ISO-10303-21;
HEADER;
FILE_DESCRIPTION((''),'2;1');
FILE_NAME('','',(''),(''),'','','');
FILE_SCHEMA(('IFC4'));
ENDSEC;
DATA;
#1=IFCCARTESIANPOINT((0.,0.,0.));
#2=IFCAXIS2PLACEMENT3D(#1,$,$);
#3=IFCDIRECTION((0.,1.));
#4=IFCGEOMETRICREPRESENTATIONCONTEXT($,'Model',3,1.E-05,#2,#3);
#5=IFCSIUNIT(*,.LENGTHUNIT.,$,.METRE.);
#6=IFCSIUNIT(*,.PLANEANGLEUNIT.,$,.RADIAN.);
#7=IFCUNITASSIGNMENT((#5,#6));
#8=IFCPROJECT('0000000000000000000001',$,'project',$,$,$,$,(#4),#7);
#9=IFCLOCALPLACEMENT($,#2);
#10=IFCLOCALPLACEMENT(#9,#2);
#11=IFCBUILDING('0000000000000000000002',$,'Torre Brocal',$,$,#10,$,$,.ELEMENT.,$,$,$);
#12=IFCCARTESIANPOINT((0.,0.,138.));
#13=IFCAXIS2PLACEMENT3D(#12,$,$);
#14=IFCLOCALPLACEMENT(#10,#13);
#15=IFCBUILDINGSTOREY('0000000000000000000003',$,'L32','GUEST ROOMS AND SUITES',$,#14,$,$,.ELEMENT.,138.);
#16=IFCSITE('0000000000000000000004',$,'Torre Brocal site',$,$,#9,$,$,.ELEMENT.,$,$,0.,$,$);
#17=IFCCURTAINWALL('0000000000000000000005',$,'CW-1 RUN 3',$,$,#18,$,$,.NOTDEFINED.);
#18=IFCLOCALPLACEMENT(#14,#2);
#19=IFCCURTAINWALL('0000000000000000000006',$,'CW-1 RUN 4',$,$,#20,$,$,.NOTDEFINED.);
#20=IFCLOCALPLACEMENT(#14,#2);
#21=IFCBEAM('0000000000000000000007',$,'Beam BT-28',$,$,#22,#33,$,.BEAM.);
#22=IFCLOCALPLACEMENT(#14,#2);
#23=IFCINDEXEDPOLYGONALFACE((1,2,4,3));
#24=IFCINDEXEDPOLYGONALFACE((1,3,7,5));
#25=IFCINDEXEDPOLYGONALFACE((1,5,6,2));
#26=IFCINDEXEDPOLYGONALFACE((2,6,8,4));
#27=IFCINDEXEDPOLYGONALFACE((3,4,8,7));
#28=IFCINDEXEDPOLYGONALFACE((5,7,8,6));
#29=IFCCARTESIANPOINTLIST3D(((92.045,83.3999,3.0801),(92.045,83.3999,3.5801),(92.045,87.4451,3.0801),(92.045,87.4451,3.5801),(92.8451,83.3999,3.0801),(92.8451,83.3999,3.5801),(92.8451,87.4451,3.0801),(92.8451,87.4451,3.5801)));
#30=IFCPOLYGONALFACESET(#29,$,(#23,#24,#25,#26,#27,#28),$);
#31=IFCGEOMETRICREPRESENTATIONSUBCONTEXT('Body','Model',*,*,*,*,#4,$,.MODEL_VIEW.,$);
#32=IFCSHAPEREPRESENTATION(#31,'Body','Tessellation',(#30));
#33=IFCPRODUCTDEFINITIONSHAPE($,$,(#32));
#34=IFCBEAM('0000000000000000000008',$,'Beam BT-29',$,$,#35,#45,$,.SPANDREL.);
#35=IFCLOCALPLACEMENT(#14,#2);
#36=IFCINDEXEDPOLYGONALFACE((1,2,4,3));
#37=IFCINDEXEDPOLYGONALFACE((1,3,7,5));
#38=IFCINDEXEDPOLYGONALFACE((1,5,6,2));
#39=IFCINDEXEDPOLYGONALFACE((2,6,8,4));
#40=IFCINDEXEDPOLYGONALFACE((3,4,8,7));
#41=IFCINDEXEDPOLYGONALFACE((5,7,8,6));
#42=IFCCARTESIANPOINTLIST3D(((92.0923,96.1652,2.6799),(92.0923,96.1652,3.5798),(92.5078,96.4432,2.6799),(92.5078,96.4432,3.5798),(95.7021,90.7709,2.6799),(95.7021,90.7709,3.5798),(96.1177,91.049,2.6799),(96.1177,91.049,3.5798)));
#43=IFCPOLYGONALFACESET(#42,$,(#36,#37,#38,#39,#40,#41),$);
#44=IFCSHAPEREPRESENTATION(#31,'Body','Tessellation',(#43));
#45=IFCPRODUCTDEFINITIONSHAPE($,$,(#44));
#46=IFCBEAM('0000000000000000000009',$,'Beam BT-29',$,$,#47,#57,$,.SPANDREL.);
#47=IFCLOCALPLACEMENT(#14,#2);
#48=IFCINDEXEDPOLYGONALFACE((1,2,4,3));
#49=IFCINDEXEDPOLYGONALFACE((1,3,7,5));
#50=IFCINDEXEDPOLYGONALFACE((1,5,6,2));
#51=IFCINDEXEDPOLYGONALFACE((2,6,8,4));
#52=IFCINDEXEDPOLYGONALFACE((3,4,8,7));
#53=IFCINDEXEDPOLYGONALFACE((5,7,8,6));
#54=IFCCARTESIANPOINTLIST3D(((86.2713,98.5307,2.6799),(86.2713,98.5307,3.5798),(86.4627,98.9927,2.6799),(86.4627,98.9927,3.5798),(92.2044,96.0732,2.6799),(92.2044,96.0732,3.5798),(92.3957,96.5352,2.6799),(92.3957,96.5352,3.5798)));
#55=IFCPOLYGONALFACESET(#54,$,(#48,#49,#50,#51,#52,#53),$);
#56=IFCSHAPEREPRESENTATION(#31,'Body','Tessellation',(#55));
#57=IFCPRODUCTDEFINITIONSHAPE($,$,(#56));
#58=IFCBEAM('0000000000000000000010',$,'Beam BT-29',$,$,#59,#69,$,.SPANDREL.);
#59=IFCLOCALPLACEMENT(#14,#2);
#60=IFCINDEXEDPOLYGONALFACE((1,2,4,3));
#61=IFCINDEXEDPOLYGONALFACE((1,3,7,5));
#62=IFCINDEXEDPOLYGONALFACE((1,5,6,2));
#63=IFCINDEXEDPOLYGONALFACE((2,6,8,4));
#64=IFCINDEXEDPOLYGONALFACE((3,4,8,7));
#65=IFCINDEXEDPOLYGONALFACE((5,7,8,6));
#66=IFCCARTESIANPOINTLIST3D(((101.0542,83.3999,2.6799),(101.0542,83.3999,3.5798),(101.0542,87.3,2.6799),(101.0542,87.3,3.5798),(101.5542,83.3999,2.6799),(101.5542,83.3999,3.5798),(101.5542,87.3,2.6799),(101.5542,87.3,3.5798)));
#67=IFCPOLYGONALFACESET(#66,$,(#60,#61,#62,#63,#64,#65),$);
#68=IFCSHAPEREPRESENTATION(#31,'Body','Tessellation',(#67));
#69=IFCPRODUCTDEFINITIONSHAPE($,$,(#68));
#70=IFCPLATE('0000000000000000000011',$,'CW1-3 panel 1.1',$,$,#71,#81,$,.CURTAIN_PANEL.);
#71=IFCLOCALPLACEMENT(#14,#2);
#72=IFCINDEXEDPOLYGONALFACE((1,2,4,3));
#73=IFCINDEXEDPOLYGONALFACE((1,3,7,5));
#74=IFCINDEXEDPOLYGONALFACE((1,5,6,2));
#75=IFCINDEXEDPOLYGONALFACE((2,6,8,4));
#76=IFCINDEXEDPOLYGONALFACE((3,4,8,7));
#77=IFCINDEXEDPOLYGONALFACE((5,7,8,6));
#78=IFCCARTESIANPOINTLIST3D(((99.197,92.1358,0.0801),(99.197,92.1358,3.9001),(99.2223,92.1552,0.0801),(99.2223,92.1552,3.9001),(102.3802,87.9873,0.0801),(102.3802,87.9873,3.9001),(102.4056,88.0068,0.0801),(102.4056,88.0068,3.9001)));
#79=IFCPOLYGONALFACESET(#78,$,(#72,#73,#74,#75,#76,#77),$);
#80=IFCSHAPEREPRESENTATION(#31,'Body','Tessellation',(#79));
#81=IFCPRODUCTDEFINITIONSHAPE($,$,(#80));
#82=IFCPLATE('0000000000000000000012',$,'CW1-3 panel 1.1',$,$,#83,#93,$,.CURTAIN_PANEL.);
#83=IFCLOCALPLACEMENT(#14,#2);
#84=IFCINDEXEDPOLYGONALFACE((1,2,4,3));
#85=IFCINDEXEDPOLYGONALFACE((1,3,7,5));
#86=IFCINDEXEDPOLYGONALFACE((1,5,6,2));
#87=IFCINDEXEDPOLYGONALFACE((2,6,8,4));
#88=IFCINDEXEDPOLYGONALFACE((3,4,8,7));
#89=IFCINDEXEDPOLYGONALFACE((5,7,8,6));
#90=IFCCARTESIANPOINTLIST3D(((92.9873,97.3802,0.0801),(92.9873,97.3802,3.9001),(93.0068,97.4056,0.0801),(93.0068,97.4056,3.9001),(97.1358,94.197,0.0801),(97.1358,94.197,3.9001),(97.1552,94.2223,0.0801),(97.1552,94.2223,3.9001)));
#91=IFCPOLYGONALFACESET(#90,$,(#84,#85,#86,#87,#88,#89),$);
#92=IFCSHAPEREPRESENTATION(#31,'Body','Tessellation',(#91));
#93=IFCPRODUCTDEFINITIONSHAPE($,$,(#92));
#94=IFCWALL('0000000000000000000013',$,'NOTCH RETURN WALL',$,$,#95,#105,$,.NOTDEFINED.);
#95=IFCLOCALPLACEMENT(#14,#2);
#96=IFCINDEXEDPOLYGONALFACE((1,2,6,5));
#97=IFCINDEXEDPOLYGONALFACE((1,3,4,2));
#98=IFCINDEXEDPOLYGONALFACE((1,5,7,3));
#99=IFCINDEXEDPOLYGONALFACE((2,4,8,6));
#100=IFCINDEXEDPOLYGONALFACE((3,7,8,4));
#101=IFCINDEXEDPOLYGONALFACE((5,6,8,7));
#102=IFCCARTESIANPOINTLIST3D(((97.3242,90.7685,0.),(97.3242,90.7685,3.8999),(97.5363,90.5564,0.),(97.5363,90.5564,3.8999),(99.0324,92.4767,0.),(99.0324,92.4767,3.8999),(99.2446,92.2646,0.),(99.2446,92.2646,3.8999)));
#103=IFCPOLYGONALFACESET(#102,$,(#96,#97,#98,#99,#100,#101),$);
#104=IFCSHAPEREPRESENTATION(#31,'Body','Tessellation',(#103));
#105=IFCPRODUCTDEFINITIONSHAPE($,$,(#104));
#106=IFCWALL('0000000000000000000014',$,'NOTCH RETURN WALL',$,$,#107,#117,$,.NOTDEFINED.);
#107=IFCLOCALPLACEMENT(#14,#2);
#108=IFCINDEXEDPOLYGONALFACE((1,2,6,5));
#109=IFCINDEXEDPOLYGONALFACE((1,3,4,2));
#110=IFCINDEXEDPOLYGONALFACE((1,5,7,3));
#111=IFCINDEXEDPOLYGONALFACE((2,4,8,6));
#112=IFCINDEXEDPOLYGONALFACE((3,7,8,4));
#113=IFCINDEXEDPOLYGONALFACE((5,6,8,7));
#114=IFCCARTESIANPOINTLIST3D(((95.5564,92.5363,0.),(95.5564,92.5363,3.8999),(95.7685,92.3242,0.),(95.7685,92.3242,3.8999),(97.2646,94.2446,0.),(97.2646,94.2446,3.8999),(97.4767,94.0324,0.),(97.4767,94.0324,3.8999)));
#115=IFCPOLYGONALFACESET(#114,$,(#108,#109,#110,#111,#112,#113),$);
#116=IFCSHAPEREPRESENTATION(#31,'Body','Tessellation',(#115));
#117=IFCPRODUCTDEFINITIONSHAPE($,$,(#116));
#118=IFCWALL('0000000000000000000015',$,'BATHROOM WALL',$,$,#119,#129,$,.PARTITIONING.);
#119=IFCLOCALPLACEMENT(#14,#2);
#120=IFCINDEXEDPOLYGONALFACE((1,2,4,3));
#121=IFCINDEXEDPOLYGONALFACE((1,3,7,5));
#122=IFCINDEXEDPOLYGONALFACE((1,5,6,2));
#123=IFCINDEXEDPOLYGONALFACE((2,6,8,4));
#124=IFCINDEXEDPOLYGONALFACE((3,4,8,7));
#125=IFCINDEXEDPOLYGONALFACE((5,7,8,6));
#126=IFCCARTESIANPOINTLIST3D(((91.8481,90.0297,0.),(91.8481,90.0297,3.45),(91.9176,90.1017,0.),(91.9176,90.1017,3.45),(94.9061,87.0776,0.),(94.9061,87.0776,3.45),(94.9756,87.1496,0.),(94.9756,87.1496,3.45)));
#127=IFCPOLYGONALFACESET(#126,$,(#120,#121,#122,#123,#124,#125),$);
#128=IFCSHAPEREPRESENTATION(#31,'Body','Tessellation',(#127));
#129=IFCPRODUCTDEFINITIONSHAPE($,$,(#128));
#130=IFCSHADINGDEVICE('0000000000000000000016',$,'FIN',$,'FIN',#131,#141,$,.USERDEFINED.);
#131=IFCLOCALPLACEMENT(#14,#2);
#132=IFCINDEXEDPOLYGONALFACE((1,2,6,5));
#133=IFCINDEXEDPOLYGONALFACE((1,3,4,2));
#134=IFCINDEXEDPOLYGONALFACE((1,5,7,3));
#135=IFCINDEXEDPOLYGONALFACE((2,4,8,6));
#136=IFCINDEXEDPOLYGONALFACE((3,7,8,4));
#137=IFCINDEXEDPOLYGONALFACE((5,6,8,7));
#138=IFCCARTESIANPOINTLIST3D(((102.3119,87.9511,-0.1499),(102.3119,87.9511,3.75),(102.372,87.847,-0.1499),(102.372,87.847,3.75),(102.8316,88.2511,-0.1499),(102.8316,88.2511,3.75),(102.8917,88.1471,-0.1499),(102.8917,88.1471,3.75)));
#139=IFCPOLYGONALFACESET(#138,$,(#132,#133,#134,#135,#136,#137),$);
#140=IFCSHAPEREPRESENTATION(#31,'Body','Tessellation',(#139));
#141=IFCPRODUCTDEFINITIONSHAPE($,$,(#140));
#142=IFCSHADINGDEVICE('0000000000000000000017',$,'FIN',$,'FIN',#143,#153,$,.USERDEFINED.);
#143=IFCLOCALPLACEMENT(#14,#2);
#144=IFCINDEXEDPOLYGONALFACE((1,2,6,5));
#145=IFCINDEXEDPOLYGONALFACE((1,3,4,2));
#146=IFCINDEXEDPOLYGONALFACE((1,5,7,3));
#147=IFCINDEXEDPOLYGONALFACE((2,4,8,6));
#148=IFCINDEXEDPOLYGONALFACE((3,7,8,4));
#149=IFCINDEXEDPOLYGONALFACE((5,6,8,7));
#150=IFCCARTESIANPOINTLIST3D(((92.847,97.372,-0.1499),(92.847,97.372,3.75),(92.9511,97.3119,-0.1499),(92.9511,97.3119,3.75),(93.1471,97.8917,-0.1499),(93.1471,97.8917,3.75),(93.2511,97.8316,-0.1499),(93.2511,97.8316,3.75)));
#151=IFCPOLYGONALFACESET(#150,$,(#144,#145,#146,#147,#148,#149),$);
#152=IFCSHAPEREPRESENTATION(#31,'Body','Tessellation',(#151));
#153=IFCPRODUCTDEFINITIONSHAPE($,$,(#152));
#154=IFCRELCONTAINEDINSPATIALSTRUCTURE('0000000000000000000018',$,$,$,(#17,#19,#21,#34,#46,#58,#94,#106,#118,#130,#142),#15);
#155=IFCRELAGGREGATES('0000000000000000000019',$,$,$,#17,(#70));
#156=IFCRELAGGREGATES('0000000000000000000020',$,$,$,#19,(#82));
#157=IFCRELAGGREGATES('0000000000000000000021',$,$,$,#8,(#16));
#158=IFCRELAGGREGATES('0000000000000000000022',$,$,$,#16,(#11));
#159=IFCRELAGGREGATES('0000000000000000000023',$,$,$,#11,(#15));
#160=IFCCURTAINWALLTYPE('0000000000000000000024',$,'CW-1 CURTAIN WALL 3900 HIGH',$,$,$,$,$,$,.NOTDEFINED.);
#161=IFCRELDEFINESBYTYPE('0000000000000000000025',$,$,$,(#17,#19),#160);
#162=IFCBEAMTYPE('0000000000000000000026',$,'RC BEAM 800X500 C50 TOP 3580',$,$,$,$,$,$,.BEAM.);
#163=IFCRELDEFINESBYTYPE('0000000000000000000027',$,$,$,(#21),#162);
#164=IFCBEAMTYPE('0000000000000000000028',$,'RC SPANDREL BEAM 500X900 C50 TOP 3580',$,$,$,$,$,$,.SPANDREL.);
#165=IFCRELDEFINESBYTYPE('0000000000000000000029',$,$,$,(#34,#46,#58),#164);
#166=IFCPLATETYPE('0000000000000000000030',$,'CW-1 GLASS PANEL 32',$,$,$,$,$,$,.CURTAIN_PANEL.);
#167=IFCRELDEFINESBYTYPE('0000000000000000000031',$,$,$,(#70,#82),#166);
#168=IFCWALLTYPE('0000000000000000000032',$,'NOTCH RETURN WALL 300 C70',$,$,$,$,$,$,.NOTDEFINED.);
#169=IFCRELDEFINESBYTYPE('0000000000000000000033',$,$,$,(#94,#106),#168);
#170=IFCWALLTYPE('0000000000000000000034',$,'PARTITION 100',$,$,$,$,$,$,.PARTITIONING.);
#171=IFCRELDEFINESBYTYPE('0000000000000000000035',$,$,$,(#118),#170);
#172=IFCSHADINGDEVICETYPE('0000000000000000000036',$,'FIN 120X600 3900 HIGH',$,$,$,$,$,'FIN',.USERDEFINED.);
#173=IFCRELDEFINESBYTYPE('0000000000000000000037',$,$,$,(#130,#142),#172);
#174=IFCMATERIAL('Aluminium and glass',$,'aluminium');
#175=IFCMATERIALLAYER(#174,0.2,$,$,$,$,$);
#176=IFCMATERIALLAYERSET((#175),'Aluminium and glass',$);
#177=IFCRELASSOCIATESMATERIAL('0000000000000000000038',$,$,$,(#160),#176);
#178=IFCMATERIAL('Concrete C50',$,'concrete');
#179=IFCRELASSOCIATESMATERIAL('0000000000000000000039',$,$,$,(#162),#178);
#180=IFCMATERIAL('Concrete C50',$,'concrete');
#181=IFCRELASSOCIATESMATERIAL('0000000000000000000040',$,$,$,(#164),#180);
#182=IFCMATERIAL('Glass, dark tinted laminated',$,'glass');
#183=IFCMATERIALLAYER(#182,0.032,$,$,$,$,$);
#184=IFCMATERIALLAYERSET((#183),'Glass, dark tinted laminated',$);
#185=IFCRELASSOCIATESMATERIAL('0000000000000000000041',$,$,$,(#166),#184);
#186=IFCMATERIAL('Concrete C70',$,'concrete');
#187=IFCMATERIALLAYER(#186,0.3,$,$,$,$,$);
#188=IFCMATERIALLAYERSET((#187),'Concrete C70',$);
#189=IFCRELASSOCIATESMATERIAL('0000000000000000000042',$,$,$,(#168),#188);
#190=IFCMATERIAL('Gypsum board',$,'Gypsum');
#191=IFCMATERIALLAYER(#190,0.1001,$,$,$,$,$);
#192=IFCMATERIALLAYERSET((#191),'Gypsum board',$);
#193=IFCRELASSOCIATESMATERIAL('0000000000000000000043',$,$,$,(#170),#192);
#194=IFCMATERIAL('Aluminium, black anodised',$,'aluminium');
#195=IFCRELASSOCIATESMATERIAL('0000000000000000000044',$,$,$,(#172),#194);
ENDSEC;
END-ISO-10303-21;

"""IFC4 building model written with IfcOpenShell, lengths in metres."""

from ifc_helpers import new_model, si_unit, direction, frame, frame_2d, origin, origin_2d, place, context, subcontext, project, spatial, rectangle, extrude, material, layer, layer_set, material_profile, profile_set, type_object, element, aggregate, save


model = new_model("IFC4")

# Units and contexts
model_context = context("Model", 3, precision=1e-05, world=origin(), true_north=direction((0.0, 1.0)))
body_context = subcontext(model_context, "Body", "Model", "MODEL_VIEW")
ifc_project = project(units=[si_unit("LENGTHUNIT", "METRE"), si_unit("PLANEANGLEUNIT", "RADIAN")], contexts=[model_context])

# Site, building, storey
site_placement = place(None, origin())
site = spatial("IfcSite", under=ifc_project, at=site_placement, Name="Torre Brocal site", CompositionType="ELEMENT", RefElevation=0.0)
building_placement = place(site_placement, origin())
building = spatial("IfcBuilding", under=site, at=building_placement, Name="Torre Brocal", CompositionType="ELEMENT")
storey_placement = place(building_placement, frame((0.0, 0.0, 138.0)))
storey = spatial("IfcBuildingStorey", under=building, at=storey_placement, Name="L32", Description="GUEST ROOMS AND SUITES", CompositionType="ELEMENT", Elevation=138.0)

# Shared definitions
ifc_material_1 = material(Name="Aluminium and glass", Category="aluminium")
ifc_layer_1 = layer(ifc_material_1, 0.2)
ifc_layer_set_1 = layer_set([ifc_layer_1], Name="Aluminium and glass")
curtain_wall_type = type_object("IfcCurtainWallType", Name="CW-1 CURTAIN WALL 3900 HIGH", PredefinedType="NOTDEFINED", material=ifc_layer_set_1)

# Curtain walls
curtain_wall_1_placement = place(storey_placement, origin())
curtain_wall_1 = element("IfcCurtainWall", 1, at=curtain_wall_1_placement, inside=storey, type_object=curtain_wall_type, Name="CW-1 RUN 3", PredefinedType="NOTDEFINED")
curtain_wall_2_placement = place(storey_placement, origin())
curtain_wall_2 = element("IfcCurtainWall", 2, at=curtain_wall_2_placement, inside=storey, type_object=curtain_wall_type, Name="CW-1 RUN 4", PredefinedType="NOTDEFINED")

# Beams
ifc_material_2 = material(Name="Concrete C50", Category="concrete")
ifc_material_profile_1 = material_profile(ifc_material_2, rectangle(XDim=0.8, YDim=0.5, at=origin_2d()), Name="RC 800X500")
ifc_profile_set_1 = profile_set([ifc_material_profile_1], Name="Concrete C50")
beam_type_1 = type_object("IfcBeamType", Name="RC BEAM 800X500 C50 TOP 3580", PredefinedType="BEAM", material=ifc_profile_set_1)
beam_1_placement = place(storey_placement, frame((92.4451, 87.4451, 3.3301), z_axis=(0.0, -1.0, 0.0), x_axis=(1.0, 0.0, 0.0)))
element("IfcBeam", 3, at=beam_1_placement, inside=storey, type_object=beam_type_1, Name="Beam BT-28", PredefinedType="BEAM", context=body_context, shape_type="SweptSolid", body=[
    extrude(rectangle(XDim=0.8, YDim=0.5, at=origin_2d()), origin(), (0.0, 0.0, 1.0), 4.0452),
])
ifc_material_3 = material(Name="Concrete C50", Category="concrete")
ifc_material_profile_2 = material_profile(ifc_material_3, rectangle(XDim=0.5, YDim=0.8999, at=origin_2d()), Name="RC 500X900")
ifc_profile_set_2 = profile_set([ifc_material_profile_2], Name="Concrete C50")
beam_type_2 = type_object("IfcBeamType", Name="RC SPANDREL BEAM 500X900 C50 TOP 3580", PredefinedType="SPANDREL", material=ifc_profile_set_2)
beam_2_placement = place(storey_placement, frame((95.9099, 90.9099, 3.1299), z_axis=(-0.556158, 0.831077, 0.0), x_axis=(-0.831077, -0.556158, 0.0)))
element("IfcBeam", 4, at=beam_2_placement, inside=storey, type_object=beam_type_2, Name="Beam BT-29", PredefinedType="SPANDREL", context=body_context, shape_type="SweptSolid", body=[
    extrude(rectangle(XDim=0.5, YDim=0.8999, at=origin_2d()), origin(), (0.0, 0.0, 1.0), 6.4907),
])
beam_3_placement = place(storey_placement, frame((92.3, 96.3042, 3.1299), z_axis=(-0.923882, 0.382676, 0.0), x_axis=(-0.382676, -0.923882, 0.0)))
element("IfcBeam", 5, at=beam_3_placement, inside=storey, type_object=beam_type_2, Name="Beam BT-29", PredefinedType="SPANDREL", context=body_context, shape_type="SweptSolid", body=[
    extrude(rectangle(XDim=0.5, YDim=0.8999, at=origin_2d()), origin(), (0.0, 0.0, 1.0), 6.4219),
])
beam_4_placement = place(storey_placement, frame((101.3042, 87.3, 3.1299), z_axis=(0.0, -1.0, 0.0), x_axis=(1.0, 0.0, 0.0)))
element("IfcBeam", 6, at=beam_4_placement, inside=storey, type_object=beam_type_2, Name="Beam BT-29", PredefinedType="SPANDREL", context=body_context, shape_type="SweptSolid", body=[
    extrude(rectangle(XDim=0.5, YDim=0.8999, at=origin_2d()), origin(), (0.0, 0.0, 1.0), 3.9001),
])

# Plates
ifc_material_4 = material(Name="Glass, dark tinted laminated", Category="glass")
ifc_layer_2 = layer(ifc_material_4, 0.032)
ifc_layer_set_2 = layer_set([ifc_layer_2], Name="Glass, dark tinted laminated")
plate_type = type_object("IfcPlateType", Name="CW-1 GLASS PANEL 32", PredefinedType="CURTAIN_PANEL", material=ifc_layer_set_2)
plate_1_placement = place(storey_placement, frame((100.8013, 90.0713, 0.0801), z_axis=(0.0, 0.0, 1.0), x_axis=(-0.608761, 0.793353, 0.0)))
plate_1 = element("IfcPlate", 7, at=plate_1_placement, type_object=plate_type, Name="CW1-3 panel 1.1", PredefinedType="CURTAIN_PANEL", context=body_context, shape_type="SweptSolid", body=[
    extrude(rectangle(XDim=5.229, YDim=0.032, at=origin_2d()), origin(), (0.0, 0.0, 1.0), 3.8201),
])
aggregate(curtain_wall_1, [plate_1])
plate_2_placement = place(storey_placement, frame((95.0713, 95.8013, 0.0801), z_axis=(0.0, 0.0, 1.0), x_axis=(-0.793353, 0.608761, 0.0)))
plate_2 = element("IfcPlate", 8, at=plate_2_placement, type_object=plate_type, Name="CW1-3 panel 1.1", PredefinedType="CURTAIN_PANEL", context=body_context, shape_type="SweptSolid", body=[
    extrude(rectangle(XDim=5.229, YDim=0.032, at=origin_2d()), origin(), (0.0, 0.0, 1.0), 3.8201),
])
aggregate(curtain_wall_2, [plate_2])

# Walls
ifc_material_5 = material(Name="Concrete C70", Category="concrete")
ifc_layer_3 = layer(ifc_material_5, 0.3)
ifc_layer_set_3 = layer_set([ifc_layer_3], Name="Concrete C70")
wall_type_1 = type_object("IfcWallType", Name="NOTCH RETURN WALL 300 C70", PredefinedType="NOTDEFINED", material=ifc_layer_set_3)
for number, where, z_axis, x_axis, name in (
    (9, (97.4302, 90.6624, 0.0), (0.0, 0.0, 1.0), (0.707107, 0.707107, 0.0), "NOTCH RETURN WALL"),
    (10, (95.6624, 92.4302, 0.0), (0.0, 0.0, 1.0), (0.707107, 0.707107, 0.0), "NOTCH RETURN WALL"),
):
    element("IfcWall", number, at=place(storey_placement, frame(where, z_axis=z_axis, x_axis=x_axis)), inside=storey, type_object=wall_type_1, Name=name, PredefinedType="NOTDEFINED", context=body_context, shape_type="SweptSolid", body=[
        extrude(rectangle(XDim=2.4158, YDim=0.3, at=frame_2d((1.208, 0.0))), origin(), (0.0, 0.0, 1.0), 3.8999),
    ])
ifc_material_6 = material(Name="Gypsum board", Category="Gypsum")
ifc_layer_4 = layer(ifc_material_6, 0.1001)
ifc_layer_set_4 = layer_set([ifc_layer_4], Name="Gypsum board")
wall_type_2 = type_object("IfcWallType", Name="PARTITION 100", PredefinedType="PARTITIONING", material=ifc_layer_set_4)
wall_placement = place(storey_placement, frame((91.8828, 90.0657, 0.0), z_axis=(0.0, 0.0, 1.0), x_axis=(0.719461, -0.694533, 0.0)))
element("IfcWall", 11, at=wall_placement, inside=storey, type_object=wall_type_2, Name="BATHROOM WALL", PredefinedType="PARTITIONING", context=body_context, shape_type="SweptSolid", body=[
    extrude(rectangle(XDim=4.2505, YDim=0.1001, at=frame_2d((2.1252, 0.0))), origin(), (0.0, 0.0, 1.0), 3.45),
])

# Shading devices
ifc_material_7 = material(Name="Aluminium, black anodised", Category="aluminium")
ifc_material_profile_3 = material_profile(ifc_material_7, rectangle(XDim=0.1201, YDim=0.6001, at=origin_2d()), Name="FIN 120X600 3900 HIGH")
ifc_profile_set_3 = profile_set([ifc_material_profile_3], Name="Aluminium, black anodised")
shading_device_type = type_object("IfcShadingDeviceType", Name="FIN 120X600 3900 HIGH", ElementType="FIN", PredefinedType="USERDEFINED", material=ifc_profile_set_3)
for number, where, z_axis, x_axis, name in (
    (12, (102.6018, 88.0491, -0.1499), (0.0, 0.0, 1.0), (-0.5, 0.866025, 0.0), "FIN"),
    (13, (93.0491, 97.6018, -0.1499), (0.0, 0.0, 1.0), (-0.866025, 0.5, 0.0), "FIN"),
):
    element("IfcShadingDevice", number, at=place(storey_placement, frame(where, z_axis=z_axis, x_axis=x_axis)), inside=storey, type_object=shading_device_type, Name=name, ObjectType="FIN", PredefinedType="USERDEFINED", context=body_context, shape_type="SweptSolid", body=[
        extrude(rectangle(XDim=0.1201, YDim=0.6001, at=origin_2d()), origin(), (0.0, 0.0, 1.0), 3.8999),
    ])

save(model, "model.ifc")
